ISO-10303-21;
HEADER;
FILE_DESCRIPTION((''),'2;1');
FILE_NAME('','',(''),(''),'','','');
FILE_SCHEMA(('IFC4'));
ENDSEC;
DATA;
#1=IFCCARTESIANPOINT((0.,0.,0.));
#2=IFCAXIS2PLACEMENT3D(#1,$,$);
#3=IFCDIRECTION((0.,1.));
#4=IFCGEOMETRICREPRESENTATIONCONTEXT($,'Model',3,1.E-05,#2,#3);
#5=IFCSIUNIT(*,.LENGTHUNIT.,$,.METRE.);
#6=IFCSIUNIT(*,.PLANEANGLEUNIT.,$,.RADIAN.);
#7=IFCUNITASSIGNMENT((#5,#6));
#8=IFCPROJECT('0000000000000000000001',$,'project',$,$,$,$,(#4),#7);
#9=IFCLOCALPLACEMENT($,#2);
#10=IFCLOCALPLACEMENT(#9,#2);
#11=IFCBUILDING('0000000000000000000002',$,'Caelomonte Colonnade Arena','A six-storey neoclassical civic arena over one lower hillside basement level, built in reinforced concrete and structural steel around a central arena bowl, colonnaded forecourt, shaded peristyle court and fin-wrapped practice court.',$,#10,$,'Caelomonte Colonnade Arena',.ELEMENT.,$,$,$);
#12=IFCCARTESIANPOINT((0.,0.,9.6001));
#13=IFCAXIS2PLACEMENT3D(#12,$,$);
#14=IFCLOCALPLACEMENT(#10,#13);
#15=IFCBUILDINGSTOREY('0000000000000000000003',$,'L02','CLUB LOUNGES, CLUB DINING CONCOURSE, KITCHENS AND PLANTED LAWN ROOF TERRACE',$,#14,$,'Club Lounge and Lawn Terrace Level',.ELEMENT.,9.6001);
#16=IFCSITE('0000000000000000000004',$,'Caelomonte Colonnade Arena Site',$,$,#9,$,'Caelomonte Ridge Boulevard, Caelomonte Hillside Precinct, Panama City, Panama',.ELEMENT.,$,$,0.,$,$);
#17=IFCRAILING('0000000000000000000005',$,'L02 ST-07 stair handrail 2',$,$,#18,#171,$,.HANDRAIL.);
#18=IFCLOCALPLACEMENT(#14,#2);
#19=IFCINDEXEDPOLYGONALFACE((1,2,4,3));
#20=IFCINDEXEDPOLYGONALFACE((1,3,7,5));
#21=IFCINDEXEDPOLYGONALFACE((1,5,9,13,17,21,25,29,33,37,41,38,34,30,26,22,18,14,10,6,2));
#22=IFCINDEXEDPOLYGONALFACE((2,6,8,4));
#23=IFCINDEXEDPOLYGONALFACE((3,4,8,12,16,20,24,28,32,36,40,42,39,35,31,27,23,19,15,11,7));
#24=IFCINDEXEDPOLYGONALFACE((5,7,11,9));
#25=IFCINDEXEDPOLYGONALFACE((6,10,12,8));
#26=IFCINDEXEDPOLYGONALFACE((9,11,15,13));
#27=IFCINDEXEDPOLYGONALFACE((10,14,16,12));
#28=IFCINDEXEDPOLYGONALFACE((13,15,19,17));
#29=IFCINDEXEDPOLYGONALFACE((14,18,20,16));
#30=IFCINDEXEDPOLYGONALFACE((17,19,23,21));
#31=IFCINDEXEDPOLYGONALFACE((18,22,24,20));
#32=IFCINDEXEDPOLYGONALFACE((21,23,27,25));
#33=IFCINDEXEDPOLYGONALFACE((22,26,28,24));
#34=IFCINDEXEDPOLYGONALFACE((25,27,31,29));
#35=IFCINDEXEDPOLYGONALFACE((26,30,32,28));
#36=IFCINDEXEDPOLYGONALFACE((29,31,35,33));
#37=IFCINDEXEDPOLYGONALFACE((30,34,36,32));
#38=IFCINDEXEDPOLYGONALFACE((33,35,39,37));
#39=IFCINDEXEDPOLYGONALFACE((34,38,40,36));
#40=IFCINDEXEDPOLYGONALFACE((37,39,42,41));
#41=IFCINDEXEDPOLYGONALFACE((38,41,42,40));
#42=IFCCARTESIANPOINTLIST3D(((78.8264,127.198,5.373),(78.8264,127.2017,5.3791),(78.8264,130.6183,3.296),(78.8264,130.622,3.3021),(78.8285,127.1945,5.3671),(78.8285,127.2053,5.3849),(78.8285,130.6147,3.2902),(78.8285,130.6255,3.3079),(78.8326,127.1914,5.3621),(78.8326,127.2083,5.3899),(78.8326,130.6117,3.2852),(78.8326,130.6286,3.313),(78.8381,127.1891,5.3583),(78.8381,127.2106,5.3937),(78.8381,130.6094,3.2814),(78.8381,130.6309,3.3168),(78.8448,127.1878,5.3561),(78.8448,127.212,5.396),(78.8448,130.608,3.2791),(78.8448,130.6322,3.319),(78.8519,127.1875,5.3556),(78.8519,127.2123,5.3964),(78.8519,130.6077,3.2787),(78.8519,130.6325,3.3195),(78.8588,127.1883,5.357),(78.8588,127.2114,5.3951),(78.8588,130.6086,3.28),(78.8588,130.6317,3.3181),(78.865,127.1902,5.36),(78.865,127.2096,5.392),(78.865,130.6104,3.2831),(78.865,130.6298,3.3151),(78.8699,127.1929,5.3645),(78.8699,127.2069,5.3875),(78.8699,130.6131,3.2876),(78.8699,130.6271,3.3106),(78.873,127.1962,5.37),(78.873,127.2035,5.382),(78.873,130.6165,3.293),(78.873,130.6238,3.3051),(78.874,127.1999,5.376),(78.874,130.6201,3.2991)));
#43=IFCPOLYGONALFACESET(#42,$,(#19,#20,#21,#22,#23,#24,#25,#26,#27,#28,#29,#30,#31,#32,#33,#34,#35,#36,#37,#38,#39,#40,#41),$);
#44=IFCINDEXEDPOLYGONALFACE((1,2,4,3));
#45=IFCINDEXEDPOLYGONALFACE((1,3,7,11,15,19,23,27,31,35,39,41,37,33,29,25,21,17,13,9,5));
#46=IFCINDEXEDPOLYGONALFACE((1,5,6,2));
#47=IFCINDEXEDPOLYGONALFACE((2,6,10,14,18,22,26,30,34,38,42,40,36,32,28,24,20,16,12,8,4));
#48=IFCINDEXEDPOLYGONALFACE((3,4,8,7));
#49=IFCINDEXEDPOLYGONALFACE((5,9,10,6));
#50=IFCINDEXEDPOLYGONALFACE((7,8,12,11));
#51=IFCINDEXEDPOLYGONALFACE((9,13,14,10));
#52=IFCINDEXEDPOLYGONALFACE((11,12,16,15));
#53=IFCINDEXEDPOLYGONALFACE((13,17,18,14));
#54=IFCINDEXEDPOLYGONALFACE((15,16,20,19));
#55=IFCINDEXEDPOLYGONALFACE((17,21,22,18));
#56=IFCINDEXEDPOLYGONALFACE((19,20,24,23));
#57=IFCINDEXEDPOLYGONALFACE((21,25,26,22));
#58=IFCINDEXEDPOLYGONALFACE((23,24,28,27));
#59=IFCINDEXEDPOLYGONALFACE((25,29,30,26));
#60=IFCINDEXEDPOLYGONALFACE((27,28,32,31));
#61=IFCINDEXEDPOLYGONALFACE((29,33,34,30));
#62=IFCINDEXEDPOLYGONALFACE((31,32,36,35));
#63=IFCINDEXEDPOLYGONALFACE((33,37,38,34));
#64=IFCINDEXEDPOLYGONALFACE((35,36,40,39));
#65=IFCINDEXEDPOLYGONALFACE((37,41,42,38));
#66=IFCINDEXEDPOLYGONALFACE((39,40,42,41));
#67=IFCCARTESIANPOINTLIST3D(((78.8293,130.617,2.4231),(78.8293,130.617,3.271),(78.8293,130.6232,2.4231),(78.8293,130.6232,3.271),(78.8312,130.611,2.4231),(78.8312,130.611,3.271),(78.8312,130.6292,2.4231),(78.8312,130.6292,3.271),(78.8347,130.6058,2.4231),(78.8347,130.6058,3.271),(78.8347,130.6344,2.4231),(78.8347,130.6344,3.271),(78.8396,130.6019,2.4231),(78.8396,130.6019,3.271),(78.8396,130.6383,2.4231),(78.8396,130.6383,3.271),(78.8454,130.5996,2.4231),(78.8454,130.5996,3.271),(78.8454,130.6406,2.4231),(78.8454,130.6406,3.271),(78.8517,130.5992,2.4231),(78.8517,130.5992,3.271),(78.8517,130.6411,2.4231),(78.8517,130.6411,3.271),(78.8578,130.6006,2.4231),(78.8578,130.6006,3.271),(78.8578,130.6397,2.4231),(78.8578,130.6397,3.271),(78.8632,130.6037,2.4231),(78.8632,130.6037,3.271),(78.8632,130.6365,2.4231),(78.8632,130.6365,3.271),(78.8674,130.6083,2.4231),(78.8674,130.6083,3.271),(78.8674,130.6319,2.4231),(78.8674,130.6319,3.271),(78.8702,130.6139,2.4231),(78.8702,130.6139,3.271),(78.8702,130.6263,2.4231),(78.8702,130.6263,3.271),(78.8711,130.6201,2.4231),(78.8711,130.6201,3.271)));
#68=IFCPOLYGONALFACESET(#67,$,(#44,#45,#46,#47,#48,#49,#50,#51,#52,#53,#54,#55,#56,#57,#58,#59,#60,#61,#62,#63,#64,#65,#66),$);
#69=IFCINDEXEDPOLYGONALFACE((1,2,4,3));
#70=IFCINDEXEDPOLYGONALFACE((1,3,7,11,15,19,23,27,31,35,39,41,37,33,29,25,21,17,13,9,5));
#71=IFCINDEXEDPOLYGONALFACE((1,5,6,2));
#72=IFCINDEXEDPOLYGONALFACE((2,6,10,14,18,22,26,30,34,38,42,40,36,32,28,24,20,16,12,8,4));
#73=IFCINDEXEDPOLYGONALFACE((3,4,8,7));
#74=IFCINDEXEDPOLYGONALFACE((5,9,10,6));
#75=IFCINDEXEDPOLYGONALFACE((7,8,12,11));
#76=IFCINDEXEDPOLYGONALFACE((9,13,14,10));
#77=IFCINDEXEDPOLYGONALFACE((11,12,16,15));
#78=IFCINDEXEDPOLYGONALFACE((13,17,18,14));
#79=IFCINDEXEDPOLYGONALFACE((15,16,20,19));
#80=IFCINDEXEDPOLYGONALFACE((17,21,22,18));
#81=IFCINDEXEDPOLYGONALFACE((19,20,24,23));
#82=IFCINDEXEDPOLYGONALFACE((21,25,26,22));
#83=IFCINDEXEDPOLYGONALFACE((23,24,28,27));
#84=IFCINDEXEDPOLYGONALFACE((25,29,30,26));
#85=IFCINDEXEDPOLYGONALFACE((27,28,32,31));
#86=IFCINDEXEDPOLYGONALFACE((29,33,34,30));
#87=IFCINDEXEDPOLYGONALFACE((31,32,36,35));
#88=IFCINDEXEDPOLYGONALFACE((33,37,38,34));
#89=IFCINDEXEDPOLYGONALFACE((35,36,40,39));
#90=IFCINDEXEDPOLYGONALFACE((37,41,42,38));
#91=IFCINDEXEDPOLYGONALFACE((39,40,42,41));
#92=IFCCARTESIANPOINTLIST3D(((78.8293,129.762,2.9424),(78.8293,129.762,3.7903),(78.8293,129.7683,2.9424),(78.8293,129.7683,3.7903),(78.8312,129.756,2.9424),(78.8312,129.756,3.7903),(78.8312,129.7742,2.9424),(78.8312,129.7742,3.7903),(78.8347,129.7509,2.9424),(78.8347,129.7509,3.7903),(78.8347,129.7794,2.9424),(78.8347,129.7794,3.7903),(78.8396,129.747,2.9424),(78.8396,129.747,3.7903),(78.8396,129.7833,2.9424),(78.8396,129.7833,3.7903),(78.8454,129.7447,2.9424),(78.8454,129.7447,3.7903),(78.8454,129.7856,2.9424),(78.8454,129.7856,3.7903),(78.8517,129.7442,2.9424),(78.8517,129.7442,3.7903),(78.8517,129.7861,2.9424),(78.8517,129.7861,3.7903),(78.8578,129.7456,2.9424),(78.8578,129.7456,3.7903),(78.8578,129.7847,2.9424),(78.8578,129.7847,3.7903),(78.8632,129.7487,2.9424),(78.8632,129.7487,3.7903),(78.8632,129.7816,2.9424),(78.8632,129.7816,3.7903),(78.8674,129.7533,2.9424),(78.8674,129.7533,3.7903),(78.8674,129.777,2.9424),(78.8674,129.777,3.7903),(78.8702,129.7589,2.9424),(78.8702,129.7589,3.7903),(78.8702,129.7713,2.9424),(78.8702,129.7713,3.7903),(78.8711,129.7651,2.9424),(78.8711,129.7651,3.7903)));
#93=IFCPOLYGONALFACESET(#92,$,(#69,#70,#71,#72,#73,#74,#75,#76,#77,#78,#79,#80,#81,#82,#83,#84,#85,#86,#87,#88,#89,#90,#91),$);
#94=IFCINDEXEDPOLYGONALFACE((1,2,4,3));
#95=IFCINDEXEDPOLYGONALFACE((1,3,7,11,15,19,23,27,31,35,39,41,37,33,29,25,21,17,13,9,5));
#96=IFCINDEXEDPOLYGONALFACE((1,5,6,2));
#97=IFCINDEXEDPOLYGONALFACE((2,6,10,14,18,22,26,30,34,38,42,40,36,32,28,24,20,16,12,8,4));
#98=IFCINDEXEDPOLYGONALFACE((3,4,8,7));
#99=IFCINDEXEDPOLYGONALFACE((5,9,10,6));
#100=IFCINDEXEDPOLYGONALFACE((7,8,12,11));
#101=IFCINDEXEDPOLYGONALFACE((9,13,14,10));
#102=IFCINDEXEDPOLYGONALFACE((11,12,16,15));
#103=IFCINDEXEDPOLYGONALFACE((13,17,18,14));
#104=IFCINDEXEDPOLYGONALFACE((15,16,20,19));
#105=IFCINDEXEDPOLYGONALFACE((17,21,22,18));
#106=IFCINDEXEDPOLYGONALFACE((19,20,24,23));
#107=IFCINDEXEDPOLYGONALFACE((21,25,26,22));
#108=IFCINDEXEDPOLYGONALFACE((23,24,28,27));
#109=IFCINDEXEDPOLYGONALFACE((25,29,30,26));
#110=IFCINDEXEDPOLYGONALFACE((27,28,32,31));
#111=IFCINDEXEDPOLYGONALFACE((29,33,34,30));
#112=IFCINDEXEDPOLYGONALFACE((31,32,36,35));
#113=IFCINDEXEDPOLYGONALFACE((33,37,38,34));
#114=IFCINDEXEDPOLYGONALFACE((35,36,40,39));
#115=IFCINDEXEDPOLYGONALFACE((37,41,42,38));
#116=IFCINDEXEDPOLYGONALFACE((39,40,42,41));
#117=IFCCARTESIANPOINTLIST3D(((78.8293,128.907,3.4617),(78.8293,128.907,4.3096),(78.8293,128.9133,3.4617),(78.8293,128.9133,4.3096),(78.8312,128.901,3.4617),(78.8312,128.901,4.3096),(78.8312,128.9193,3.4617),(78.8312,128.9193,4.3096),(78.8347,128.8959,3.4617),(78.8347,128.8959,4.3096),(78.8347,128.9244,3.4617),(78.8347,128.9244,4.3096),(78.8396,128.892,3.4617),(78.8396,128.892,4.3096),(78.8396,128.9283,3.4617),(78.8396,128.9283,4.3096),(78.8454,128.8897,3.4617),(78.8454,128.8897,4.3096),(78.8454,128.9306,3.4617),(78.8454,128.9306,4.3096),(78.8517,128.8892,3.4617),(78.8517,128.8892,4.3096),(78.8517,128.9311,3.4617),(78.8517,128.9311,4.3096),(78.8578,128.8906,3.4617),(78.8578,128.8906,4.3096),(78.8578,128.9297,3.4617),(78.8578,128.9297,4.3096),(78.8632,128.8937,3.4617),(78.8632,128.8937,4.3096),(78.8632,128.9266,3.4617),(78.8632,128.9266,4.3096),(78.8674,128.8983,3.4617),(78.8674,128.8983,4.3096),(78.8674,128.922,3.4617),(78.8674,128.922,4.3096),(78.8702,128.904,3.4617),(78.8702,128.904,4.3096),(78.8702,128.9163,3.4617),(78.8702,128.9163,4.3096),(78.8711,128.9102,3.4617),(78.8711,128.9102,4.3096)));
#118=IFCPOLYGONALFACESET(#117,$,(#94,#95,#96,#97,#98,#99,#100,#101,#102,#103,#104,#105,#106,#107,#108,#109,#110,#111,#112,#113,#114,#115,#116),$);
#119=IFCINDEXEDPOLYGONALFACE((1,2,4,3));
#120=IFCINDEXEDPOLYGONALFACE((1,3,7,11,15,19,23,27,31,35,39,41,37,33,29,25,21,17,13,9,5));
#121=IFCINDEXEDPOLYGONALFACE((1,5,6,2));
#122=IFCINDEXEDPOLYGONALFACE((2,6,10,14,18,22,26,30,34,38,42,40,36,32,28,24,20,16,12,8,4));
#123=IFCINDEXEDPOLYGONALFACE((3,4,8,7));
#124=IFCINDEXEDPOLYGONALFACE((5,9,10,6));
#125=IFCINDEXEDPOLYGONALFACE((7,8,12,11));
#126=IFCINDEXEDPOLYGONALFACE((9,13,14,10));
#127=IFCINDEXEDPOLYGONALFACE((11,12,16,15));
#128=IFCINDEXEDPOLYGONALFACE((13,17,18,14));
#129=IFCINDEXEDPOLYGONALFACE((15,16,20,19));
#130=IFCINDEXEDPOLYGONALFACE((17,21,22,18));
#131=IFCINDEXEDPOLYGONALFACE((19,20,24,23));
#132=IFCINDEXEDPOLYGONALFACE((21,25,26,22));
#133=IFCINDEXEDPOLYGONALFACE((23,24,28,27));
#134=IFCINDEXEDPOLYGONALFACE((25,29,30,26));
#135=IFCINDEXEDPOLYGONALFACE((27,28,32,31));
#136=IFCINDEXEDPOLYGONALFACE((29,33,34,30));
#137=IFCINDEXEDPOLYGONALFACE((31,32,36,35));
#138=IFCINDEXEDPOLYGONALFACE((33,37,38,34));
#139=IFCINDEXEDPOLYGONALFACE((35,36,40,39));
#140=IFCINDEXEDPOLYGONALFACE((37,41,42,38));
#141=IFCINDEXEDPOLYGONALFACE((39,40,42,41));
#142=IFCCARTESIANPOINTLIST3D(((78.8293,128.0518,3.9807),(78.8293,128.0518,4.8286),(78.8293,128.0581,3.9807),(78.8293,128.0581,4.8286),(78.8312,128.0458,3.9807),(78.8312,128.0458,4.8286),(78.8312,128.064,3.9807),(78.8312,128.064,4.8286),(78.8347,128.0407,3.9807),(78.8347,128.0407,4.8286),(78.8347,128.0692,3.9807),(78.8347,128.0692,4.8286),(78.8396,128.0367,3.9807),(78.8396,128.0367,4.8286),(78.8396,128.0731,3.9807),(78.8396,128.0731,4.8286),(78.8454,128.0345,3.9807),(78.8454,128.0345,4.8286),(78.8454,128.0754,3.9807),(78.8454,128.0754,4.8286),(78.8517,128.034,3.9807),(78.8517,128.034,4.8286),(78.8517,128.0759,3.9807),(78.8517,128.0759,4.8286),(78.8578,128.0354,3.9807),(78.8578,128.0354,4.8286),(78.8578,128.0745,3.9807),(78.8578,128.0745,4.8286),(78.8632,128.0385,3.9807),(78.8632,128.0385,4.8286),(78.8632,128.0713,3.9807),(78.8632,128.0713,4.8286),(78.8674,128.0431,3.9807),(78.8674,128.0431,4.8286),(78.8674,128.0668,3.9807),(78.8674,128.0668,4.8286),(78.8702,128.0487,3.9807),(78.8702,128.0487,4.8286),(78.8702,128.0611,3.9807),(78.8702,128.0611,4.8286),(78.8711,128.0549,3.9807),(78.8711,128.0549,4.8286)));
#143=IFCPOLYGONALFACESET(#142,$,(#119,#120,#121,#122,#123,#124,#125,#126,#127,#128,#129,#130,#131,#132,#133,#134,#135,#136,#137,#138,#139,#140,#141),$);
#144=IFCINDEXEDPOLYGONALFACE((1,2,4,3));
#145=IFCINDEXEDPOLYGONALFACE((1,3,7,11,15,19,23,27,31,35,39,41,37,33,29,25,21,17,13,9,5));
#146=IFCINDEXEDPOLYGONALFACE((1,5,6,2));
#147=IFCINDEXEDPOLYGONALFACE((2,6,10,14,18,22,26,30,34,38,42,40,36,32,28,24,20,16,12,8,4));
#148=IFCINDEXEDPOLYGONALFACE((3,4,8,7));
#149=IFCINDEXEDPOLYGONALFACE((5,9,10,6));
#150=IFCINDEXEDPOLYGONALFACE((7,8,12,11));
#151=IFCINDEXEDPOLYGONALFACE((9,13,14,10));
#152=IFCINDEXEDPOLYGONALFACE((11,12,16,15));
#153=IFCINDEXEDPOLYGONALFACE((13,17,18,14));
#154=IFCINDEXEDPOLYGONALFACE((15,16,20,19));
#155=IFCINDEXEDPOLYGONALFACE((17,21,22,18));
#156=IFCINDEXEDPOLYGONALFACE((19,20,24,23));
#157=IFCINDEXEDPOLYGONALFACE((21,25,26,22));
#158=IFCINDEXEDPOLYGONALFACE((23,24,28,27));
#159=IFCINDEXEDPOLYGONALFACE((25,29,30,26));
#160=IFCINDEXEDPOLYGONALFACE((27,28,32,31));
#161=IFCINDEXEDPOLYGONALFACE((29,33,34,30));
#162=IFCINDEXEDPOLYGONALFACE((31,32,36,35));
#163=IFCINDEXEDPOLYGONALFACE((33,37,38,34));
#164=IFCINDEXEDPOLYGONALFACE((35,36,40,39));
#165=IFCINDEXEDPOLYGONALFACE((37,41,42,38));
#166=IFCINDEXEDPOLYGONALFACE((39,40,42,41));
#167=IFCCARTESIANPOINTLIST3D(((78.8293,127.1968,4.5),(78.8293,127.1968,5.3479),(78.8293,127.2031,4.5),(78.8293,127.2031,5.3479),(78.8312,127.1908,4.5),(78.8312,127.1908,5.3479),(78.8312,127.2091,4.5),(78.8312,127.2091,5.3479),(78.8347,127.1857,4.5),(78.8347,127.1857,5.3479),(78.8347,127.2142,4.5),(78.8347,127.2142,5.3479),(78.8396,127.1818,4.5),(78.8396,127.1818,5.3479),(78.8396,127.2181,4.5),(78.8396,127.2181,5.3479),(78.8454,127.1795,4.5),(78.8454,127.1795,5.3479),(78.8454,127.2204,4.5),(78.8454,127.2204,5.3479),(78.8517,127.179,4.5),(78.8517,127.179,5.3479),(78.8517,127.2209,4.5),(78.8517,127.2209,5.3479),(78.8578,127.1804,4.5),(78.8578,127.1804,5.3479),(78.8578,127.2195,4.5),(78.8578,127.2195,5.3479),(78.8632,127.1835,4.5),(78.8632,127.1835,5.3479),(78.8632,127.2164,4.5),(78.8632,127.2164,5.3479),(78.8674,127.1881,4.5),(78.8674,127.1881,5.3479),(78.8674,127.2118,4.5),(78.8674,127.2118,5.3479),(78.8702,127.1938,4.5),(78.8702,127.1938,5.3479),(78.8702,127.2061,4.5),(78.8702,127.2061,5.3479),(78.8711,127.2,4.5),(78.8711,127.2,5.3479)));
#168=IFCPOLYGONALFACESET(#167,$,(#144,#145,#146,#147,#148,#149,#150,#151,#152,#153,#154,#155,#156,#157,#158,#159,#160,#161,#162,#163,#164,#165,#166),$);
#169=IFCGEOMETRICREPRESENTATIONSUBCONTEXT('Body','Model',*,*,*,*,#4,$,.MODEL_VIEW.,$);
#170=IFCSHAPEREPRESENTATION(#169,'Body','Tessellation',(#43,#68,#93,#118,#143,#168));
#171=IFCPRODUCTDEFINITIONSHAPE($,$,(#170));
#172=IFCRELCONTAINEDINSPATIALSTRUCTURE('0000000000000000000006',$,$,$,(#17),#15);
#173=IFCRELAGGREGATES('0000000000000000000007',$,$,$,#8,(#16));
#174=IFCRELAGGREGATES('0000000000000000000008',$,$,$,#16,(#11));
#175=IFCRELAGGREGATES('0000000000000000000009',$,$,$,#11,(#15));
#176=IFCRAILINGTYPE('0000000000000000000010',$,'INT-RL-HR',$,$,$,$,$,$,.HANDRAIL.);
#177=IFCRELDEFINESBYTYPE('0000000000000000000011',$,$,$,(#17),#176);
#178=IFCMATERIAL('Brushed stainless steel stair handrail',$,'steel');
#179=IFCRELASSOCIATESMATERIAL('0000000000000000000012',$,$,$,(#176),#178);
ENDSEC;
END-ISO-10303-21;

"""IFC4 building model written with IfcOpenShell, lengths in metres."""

from ifc_helpers import new_model, si_unit, direction, frame, origin, origin_2d, place, context, subcontext, project, spatial, circle, extrude, material, type_object, element, save


model = new_model("IFC4")

# Units and contexts
model_context = context("Model", 3, precision=1e-05, world=origin(), true_north=direction((0.0, 1.0)))
body_context = subcontext(model_context, "Body", "Model", "MODEL_VIEW")
ifc_project = project(units=[si_unit("LENGTHUNIT", "METRE"), si_unit("PLANEANGLEUNIT", "RADIAN")], contexts=[model_context])

# Site, building, storey
site_placement = place(None, origin())
site = spatial("IfcSite", under=ifc_project, at=site_placement, Name="Caelomonte Colonnade Arena Site", LongName="Caelomonte Ridge Boulevard, Caelomonte Hillside Precinct, Panama City, Panama", CompositionType="ELEMENT", RefElevation=0.0)
building_placement = place(site_placement, origin())
building = spatial("IfcBuilding", under=site, at=building_placement, Name="Caelomonte Colonnade Arena", Description="A six-storey neoclassical civic arena over one lower hillside basement level, built in reinforced concrete and structural steel around a central arena bowl, colonnaded forecourt, shaded peristyle court and fin-wrapped practice court.", LongName="Caelomonte Colonnade Arena", CompositionType="ELEMENT")
storey_placement = place(building_placement, frame((0.0, 0.0, 9.6001)))
storey = spatial("IfcBuildingStorey", under=building, at=storey_placement, Name="L02", Description="CLUB LOUNGES, CLUB DINING CONCOURSE, KITCHENS AND PLANTED LAWN ROOF TERRACE", LongName="Club Lounge and Lawn Terrace Level", CompositionType="ELEMENT", Elevation=9.6001)

# Railing
ifc_material_1 = material(Name="Brushed stainless steel stair handrail", Category="steel")
railing_type_1 = type_object("IfcRailingType", Name="INT-RL-HR", PredefinedType="HANDRAIL", material=ifc_material_1)
railing_1_placement = place(storey_placement, frame((78.8501, 130.6201, 2.4231)))
element("IfcRailing", 1, at=railing_1_placement, inside=storey, type_object=railing_type_1, Name="L02 ST-07 stair handrail 2", PredefinedType="HANDRAIL", context=body_context, shape_type="SweptSolid", body=[
    extrude(circle(Radius=0.0239, at=origin_2d()), frame((0.0, 0.0, 0.876), z_axis=(0.0, -0.854746, 0.519047), x_axis=(1.0, 0.0, 0.0)), (0.0, 0.0, 1.0), 4.0015),
    extrude(circle(Radius=0.021, at=origin_2d()), origin(), (0.0, 0.0, 1.0), 0.8479),
    extrude(circle(Radius=0.021, at=origin_2d()), frame((0.0, -0.855, 0.5193)), (0.0, 0.0, 1.0), 0.8479),
    extrude(circle(Radius=0.021, at=origin_2d()), frame((0.0, -1.71, 1.0386)), (0.0, 0.0, 1.0), 0.8479),
    extrude(circle(Radius=0.021, at=origin_2d()), frame((0.0, -2.5652, 1.5576)), (0.0, 0.0, 1.0), 0.8479),
    extrude(circle(Radius=0.021, at=origin_2d()), frame((0.0, -3.4202, 2.0769)), (0.0, 0.0, 1.0), 0.8479),
])

save(model, "model.ifc")
